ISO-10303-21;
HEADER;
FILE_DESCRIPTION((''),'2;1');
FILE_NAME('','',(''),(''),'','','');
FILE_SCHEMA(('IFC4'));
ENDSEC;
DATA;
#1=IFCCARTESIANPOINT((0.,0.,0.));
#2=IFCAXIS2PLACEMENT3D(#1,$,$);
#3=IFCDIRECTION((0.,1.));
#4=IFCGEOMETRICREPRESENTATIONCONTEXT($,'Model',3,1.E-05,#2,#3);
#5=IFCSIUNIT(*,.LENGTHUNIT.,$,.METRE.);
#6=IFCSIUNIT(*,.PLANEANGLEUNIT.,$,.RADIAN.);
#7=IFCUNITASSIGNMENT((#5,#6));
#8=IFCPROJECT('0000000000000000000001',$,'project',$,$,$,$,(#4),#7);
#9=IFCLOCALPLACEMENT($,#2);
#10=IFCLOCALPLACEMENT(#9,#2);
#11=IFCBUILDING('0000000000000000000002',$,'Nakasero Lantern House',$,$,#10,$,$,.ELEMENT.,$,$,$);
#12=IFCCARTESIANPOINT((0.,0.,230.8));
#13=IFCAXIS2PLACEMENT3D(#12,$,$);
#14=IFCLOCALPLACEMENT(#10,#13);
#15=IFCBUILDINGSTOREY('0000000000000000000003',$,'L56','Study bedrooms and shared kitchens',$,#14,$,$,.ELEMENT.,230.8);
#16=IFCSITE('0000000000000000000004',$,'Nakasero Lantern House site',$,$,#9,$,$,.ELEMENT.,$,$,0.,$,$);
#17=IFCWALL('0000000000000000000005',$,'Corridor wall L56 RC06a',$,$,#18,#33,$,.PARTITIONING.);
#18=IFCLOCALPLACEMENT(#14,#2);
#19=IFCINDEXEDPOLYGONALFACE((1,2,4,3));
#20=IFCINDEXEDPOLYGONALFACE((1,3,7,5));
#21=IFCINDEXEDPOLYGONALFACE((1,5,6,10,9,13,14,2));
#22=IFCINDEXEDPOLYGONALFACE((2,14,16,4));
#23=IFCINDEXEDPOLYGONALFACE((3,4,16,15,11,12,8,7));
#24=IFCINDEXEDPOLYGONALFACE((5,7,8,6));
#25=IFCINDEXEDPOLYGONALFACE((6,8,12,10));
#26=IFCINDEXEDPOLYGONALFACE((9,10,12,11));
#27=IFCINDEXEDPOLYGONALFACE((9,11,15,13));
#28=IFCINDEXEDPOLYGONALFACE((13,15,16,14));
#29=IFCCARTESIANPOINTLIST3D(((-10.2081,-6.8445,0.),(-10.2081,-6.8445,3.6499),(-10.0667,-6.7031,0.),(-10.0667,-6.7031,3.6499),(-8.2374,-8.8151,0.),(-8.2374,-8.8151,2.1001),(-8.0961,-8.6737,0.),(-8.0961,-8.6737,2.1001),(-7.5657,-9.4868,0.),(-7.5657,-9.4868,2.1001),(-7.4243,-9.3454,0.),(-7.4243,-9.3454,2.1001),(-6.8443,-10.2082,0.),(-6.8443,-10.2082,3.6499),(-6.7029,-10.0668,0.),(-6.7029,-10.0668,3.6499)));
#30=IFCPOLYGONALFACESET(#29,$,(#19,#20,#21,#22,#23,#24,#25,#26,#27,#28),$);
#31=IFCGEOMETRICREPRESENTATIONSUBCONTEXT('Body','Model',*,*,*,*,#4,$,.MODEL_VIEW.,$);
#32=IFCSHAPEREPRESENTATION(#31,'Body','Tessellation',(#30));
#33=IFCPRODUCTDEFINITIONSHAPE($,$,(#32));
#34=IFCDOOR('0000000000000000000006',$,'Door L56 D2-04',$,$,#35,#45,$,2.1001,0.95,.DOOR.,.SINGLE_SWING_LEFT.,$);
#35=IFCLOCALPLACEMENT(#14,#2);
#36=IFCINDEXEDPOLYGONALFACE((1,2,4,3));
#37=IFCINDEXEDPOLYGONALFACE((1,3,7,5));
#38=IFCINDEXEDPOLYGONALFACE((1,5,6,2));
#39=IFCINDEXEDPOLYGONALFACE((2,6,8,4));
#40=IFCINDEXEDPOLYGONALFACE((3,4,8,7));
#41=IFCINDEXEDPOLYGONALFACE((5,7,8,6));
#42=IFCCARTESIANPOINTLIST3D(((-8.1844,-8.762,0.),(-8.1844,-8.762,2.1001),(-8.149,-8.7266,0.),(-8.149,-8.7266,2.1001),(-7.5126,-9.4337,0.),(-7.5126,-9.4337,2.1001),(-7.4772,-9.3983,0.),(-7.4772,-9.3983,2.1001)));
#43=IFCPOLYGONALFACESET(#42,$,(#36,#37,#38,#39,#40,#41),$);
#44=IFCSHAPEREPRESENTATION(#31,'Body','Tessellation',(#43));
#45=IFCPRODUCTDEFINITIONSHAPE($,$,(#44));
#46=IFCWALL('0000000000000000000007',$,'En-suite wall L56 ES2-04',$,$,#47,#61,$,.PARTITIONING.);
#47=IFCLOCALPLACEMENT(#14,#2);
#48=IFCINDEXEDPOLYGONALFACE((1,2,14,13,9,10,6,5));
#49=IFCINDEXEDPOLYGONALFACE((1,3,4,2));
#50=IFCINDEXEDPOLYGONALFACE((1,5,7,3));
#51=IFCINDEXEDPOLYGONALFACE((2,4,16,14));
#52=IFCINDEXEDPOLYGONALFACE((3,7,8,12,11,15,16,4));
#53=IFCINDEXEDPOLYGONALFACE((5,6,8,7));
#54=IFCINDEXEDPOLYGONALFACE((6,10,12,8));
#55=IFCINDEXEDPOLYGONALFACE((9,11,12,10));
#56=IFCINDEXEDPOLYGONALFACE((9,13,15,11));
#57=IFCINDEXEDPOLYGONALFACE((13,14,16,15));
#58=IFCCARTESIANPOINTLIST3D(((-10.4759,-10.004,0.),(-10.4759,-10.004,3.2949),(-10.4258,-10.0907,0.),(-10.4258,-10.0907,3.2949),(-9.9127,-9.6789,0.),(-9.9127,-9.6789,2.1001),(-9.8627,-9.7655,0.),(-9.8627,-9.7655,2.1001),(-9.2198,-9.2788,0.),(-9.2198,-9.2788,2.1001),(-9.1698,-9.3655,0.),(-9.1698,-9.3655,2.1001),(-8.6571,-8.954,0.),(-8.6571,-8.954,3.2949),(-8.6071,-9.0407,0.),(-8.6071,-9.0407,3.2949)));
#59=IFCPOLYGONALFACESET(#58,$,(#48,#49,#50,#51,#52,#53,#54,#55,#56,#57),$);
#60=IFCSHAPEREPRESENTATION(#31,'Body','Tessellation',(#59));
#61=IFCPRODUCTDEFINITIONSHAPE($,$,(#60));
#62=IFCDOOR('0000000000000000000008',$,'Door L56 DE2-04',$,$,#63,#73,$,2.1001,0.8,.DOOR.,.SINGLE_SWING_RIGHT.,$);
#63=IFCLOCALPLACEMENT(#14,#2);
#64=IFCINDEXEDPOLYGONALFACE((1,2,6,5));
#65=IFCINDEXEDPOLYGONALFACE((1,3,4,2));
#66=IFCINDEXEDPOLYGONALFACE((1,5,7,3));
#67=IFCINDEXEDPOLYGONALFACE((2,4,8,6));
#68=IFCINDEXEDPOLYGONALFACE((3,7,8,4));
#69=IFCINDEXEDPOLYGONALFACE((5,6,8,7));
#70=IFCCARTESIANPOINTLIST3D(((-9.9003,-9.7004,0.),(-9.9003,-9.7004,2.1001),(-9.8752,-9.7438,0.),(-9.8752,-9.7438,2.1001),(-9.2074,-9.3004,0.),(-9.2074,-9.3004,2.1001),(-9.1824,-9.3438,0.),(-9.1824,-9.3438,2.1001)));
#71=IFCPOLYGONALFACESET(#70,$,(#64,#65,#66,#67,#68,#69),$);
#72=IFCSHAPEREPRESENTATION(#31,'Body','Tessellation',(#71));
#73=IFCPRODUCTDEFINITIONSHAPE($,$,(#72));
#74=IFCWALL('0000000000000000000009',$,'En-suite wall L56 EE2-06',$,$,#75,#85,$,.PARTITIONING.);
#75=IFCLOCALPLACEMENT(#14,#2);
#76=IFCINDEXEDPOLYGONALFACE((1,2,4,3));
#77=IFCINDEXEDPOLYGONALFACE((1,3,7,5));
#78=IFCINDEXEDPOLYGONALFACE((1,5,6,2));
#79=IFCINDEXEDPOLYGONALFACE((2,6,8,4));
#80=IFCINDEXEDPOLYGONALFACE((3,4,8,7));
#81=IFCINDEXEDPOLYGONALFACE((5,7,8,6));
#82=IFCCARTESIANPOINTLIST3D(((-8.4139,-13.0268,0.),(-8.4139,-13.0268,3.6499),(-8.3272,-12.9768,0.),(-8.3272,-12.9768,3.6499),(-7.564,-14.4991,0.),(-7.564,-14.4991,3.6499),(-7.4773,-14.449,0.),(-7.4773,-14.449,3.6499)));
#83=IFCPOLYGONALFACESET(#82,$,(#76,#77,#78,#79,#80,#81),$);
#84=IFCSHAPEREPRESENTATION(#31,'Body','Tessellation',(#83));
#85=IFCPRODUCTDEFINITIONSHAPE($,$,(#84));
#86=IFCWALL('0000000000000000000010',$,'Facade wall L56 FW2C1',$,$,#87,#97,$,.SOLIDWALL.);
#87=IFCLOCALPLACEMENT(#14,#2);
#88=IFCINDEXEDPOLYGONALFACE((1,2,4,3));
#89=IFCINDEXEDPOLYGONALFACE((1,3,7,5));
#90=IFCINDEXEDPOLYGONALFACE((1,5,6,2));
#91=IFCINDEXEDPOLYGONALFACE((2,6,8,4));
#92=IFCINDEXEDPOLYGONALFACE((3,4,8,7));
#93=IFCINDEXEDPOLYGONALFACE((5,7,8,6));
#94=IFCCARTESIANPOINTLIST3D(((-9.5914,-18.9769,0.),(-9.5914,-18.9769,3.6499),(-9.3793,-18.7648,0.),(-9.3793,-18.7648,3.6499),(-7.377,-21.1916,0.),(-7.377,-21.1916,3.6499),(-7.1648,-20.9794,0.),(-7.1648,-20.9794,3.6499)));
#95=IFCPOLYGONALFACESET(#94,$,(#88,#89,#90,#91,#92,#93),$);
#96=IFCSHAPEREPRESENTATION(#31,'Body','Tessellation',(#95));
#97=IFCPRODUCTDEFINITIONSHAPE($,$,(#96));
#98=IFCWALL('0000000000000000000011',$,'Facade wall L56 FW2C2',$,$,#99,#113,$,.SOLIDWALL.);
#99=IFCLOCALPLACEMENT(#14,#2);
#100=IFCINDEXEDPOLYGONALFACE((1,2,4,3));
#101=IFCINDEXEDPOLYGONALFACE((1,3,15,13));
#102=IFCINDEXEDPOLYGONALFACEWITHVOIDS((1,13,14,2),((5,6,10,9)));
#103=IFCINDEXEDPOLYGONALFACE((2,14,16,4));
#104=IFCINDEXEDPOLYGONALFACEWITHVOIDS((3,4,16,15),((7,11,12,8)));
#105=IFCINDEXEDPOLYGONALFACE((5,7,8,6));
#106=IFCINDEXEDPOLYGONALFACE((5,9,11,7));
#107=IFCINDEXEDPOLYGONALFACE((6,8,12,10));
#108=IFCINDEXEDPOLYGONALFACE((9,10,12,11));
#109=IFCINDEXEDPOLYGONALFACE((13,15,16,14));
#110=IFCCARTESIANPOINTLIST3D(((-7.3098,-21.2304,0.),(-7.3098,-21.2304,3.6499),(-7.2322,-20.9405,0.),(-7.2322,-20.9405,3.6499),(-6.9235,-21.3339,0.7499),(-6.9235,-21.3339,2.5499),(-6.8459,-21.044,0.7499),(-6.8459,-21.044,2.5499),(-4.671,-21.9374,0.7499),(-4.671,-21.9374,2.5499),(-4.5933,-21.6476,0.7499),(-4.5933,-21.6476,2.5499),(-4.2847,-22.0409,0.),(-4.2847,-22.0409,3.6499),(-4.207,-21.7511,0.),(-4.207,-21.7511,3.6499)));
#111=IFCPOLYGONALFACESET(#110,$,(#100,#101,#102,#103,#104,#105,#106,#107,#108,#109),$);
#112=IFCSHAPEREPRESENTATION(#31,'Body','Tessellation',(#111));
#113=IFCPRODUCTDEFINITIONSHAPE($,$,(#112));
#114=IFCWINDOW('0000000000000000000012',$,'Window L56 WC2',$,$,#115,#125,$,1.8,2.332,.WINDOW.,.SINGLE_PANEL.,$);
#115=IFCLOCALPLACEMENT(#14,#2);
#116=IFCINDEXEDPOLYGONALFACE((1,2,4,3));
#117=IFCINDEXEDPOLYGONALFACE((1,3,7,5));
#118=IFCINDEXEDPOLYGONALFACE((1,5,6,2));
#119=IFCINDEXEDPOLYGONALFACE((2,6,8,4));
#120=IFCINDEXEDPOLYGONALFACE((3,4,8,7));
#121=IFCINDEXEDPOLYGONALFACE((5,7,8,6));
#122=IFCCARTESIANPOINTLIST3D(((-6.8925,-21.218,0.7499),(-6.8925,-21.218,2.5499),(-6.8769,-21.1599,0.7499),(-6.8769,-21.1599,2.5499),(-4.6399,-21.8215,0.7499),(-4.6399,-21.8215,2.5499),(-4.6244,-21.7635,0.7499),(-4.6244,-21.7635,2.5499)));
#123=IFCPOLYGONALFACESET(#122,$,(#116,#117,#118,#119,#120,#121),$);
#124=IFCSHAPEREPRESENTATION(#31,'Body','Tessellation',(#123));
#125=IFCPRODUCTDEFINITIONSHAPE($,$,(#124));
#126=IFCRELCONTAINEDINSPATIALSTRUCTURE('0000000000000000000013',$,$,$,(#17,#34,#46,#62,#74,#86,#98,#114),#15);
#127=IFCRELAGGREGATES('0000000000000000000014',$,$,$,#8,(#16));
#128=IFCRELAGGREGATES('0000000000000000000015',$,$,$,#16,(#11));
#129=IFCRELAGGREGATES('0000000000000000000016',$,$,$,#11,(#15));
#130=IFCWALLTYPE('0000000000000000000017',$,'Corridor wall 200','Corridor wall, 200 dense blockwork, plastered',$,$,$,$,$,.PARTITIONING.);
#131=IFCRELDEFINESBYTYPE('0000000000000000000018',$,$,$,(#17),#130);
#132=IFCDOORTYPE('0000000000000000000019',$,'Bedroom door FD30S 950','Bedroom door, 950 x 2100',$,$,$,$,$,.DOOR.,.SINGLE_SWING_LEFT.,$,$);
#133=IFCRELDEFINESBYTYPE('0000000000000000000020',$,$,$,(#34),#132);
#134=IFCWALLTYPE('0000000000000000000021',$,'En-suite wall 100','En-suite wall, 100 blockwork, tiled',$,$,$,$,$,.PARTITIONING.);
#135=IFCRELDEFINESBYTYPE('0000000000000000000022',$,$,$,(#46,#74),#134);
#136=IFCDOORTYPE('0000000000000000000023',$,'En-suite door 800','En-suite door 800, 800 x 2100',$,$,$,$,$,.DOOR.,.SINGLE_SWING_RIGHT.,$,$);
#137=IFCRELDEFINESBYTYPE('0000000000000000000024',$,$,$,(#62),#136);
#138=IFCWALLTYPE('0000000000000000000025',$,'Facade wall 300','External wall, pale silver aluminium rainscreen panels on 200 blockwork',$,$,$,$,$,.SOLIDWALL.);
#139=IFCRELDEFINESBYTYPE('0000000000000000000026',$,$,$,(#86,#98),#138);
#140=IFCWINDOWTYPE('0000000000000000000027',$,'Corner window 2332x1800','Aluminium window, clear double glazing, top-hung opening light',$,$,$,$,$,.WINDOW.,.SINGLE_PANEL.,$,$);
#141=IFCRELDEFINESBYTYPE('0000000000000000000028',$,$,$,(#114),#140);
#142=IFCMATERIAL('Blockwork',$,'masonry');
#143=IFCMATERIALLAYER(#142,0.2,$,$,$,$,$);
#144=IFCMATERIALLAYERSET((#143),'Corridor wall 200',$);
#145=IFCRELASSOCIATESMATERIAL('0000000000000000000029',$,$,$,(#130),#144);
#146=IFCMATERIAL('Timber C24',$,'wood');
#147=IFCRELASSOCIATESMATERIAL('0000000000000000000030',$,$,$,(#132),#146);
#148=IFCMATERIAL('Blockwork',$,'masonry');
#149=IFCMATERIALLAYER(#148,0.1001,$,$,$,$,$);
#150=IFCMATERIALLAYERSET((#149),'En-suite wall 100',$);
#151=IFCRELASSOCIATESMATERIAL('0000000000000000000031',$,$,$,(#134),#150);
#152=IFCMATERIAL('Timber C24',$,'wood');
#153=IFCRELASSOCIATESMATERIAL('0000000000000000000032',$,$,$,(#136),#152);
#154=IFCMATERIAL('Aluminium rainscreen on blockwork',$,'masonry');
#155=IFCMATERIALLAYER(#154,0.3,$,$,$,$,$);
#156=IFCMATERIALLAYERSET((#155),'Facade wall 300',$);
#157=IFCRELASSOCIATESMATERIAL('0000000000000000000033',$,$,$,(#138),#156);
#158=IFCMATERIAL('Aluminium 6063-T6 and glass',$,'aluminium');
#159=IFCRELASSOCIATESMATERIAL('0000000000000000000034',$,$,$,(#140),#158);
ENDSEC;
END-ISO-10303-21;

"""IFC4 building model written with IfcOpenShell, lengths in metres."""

from ifc_helpers import new_model, si_unit, direction, frame, frame_2d, origin, place, context, subcontext, project, spatial, rectangle, extrude, material, layer, layer_set, type_object, element, fill, save


model = new_model("IFC4")

# Units and contexts
model_context = context("Model", 3, precision=1e-05, world=origin(), true_north=direction((0.0, 1.0)))
body_context = subcontext(model_context, "Body", "Model", "MODEL_VIEW")
ifc_project = project(units=[si_unit("LENGTHUNIT", "METRE"), si_unit("PLANEANGLEUNIT", "RADIAN")], contexts=[model_context])

# Site, building, storey
site_placement = place(None, origin())
site = spatial("IfcSite", under=ifc_project, at=site_placement, Name="Nakasero Lantern House site", CompositionType="ELEMENT", RefElevation=0.0)
building_placement = place(site_placement, origin())
building = spatial("IfcBuilding", under=site, at=building_placement, Name="Nakasero Lantern House", CompositionType="ELEMENT")
storey_placement = place(building_placement, frame((0.0, 0.0, 230.8)))
storey = spatial("IfcBuildingStorey", under=building, at=storey_placement, Name="L56", Description="Study bedrooms and shared kitchens", CompositionType="ELEMENT", Elevation=230.8)

# Walls, openings, doors
ifc_material_1 = material(Name="Blockwork", Category="masonry")
ifc_layer_1 = layer(ifc_material_1, 0.2)
ifc_layer_set_1 = layer_set([ifc_layer_1], Name="Corridor wall 200")
wall_type_1 = type_object("IfcWallType", Name="Corridor wall 200", Description="Corridor wall, 200 dense blockwork, plastered", PredefinedType="PARTITIONING", material=ifc_layer_set_1)
wall_1_placement = place(storey_placement, frame((-6.7737, -10.1375, 0.0), z_axis=(0.0, 0.0, 1.0), x_axis=(-0.707107, 0.707107, 0.0)))
wall_1 = element("IfcWall", 1, at=wall_1_placement, inside=storey, type_object=wall_type_1, Name="Corridor wall L56 RC06a", PredefinedType="PARTITIONING", context=body_context, shape_type="SweptSolid", body=[
    extrude(rectangle(XDim=4.7571, YDim=0.2, at=frame_2d((2.3784, 0.0))), origin(), (0.0, 0.0, 1.0), 3.6499),
])
opening_1_placement = place(wall_1_placement, frame((1.02, 0.0, 0.0)))
opening_1 = element("IfcOpeningElement", 2, at=opening_1_placement, cuts=wall_1, PredefinedType="OPENING", context=body_context, shape_type="SweptSolid", body=[
    extrude(rectangle(XDim=0.95, YDim=2.1001, at=frame_2d((0.4751, 1.05))), frame((0.0, 0.1199, 0.0), z_axis=(0.0, -1.0, 0.0), x_axis=(1.0, 0.0, 0.0)), (0.0, 0.0, 1.0), 0.24),
])
ifc_material_2 = material(Name="Timber C24", Category="wood")
door_type_1 = type_object("IfcDoorType", Name="Bedroom door FD30S 950", Description="Bedroom door, 950 x 2100", OperationType="SINGLE_SWING_LEFT", PredefinedType="DOOR", material=ifc_material_2)
door_1_placement = place(opening_1_placement, origin())
door_1 = element("IfcDoor", 3, at=door_1_placement, inside=storey, type_object=door_type_1, Name="Door L56 D2-04", OperationType="SINGLE_SWING_LEFT", OverallHeight=2.1001, OverallWidth=0.95, PredefinedType="DOOR", context=body_context, shape_type="SweptSolid", body=[
    extrude(rectangle(XDim=0.95, YDim=2.1001, at=frame_2d((0.4751, 1.05))), frame((0.0, 0.0249, 0.0), z_axis=(0.0, -1.0, 0.0), x_axis=(1.0, 0.0, 0.0)), (0.0, 0.0, 1.0), 0.05),
])
fill(opening_1, door_1)
ifc_material_3 = material(Name="Blockwork", Category="masonry")
ifc_layer_2 = layer(ifc_material_3, 0.1001)
ifc_layer_set_2 = layer_set([ifc_layer_2], Name="En-suite wall 100")
wall_type_2 = type_object("IfcWallType", Name="En-suite wall 100", Description="En-suite wall, 100 blockwork, tiled", PredefinedType="PARTITIONING", material=ifc_layer_set_2)
wall_2_placement = place(storey_placement, frame((-8.6321, -8.9973, 0.0), z_axis=(0.0, 0.0, 1.0), x_axis=(-0.866038, -0.499977, 0.0)))
wall_2 = element("IfcWall", 4, at=wall_2_placement, inside=storey, type_object=wall_type_2, Name="En-suite wall L56 ES2-04", PredefinedType="PARTITIONING", context=body_context, shape_type="SweptSolid", body=[
    extrude(rectangle(XDim=2.1001, YDim=0.1001, at=frame_2d((1.05, 0.0))), origin(), (0.0, 0.0, 1.0), 3.2949),
])
opening_2_placement = place(wall_2_placement, frame((0.6499, 0.0, 0.0)))
opening_2 = element("IfcOpeningElement", 5, at=opening_2_placement, cuts=wall_2, PredefinedType="OPENING", context=body_context, shape_type="SweptSolid", body=[
    extrude(rectangle(XDim=0.8, YDim=2.1001, at=frame_2d((0.3999, 1.05))), frame((0.0, 0.0701, 0.0), z_axis=(0.0, -1.0, 0.0), x_axis=(1.0, 0.0, 0.0)), (0.0, 0.0, 1.0), 0.1401),
])
ifc_material_4 = material(Name="Timber C24", Category="wood")
door_type_2 = type_object("IfcDoorType", Name="En-suite door 800", Description="En-suite door 800, 800 x 2100", OperationType="SINGLE_SWING_RIGHT", PredefinedType="DOOR", material=ifc_material_4)
door_2_placement = place(opening_2_placement, origin())
door_2 = element("IfcDoor", 6, at=door_2_placement, inside=storey, type_object=door_type_2, Name="Door L56 DE2-04", OperationType="SINGLE_SWING_RIGHT", OverallHeight=2.1001, OverallWidth=0.8, PredefinedType="DOOR", context=body_context, shape_type="SweptSolid", body=[
    extrude(rectangle(XDim=0.8, YDim=2.1001, at=frame_2d((0.3999, 1.05))), frame((0.0, 0.0249, 0.0), z_axis=(0.0, -1.0, 0.0), x_axis=(1.0, 0.0, 0.0)), (0.0, 0.0, 1.0), 0.05),
])
fill(opening_2, door_2)

# Walls
wall_3_placement = place(storey_placement, frame((-8.3706, -13.0017, 0.0), z_axis=(0.0, 0.0, 1.0), x_axis=(0.499955, -0.866052, 0.0)))
element("IfcWall", 7, at=wall_3_placement, inside=storey, type_object=wall_type_2, Name="En-suite wall L56 EE2-06", PredefinedType="PARTITIONING", context=body_context, shape_type="SweptSolid", body=[
    extrude(rectangle(XDim=1.7, YDim=0.1001, at=frame_2d((0.8501, 0.0))), origin(), (0.0, 0.0, 1.0), 3.6499),
])
ifc_material_5 = material(Name="Aluminium rainscreen on blockwork", Category="masonry")
ifc_layer_3 = layer(ifc_material_5, 0.3)
ifc_layer_set_3 = layer_set([ifc_layer_3], Name="Facade wall 300")
wall_type_3 = type_object("IfcWallType", Name="Facade wall 300", Description="External wall, pale silver aluminium rainscreen panels on 200 blockwork", PredefinedType="SOLIDWALL", material=ifc_layer_set_3)
wall_4_placement = place(storey_placement, frame((-9.4854, -18.8708, 0.0), z_axis=(0.0, 0.0, 1.0), x_axis=(0.707068, -0.707146, 0.0)))
element("IfcWall", 8, at=wall_4_placement, inside=storey, type_object=wall_type_3, Name="Facade wall L56 FW2C1", PredefinedType="SOLIDWALL", context=body_context, shape_type="SweptSolid", body=[
    extrude(rectangle(XDim=3.1318, YDim=0.3, at=frame_2d((1.5659, 0.0))), origin(), (0.0, 0.0, 1.0), 3.6499),
])

# Wall, opening, window
wall_5_placement = place(storey_placement, frame((-7.271, -21.0854, 0.0), z_axis=(0.0, 0.0, 1.0), x_axis=(0.965929, -0.258808, 0.0)))
wall_5 = element("IfcWall", 9, at=wall_5_placement, inside=storey, type_object=wall_type_3, Name="Facade wall L56 FW2C2", PredefinedType="SOLIDWALL", context=body_context, shape_type="SweptSolid", body=[
    extrude(rectangle(XDim=3.1318, YDim=0.3, at=frame_2d((1.5659, 0.0))), origin(), (0.0, 0.0, 1.0), 3.6499),
])
opening_3_placement = place(wall_5_placement, frame((0.3999, 0.0, 0.75)))
opening_3 = element("IfcOpeningElement", 10, at=opening_3_placement, cuts=wall_5, PredefinedType="OPENING", context=body_context, shape_type="SweptSolid", body=[
    extrude(rectangle(XDim=2.332, YDim=1.8, at=frame_2d((1.166, 0.8999))), frame((0.0, 0.1699, 0.0), z_axis=(0.0, -1.0, 0.0), x_axis=(1.0, 0.0, 0.0)), (0.0, 0.0, 1.0), 0.3401),
])
ifc_material_6 = material(Name="Aluminium 6063-T6 and glass", Category="aluminium")
window_type = type_object("IfcWindowType", Name="Corner window 2332x1800", Description="Aluminium window, clear double glazing, top-hung opening light", PartitioningType="SINGLE_PANEL", PredefinedType="WINDOW", material=ifc_material_6)
window_placement = place(opening_3_placement, origin())
window = element("IfcWindow", 11, at=window_placement, inside=storey, type_object=window_type, Name="Window L56 WC2", OverallHeight=1.8, OverallWidth=2.332, PartitioningType="SINGLE_PANEL", PredefinedType="WINDOW", context=body_context, shape_type="SweptSolid", body=[
    extrude(rectangle(XDim=2.332, YDim=1.8, at=frame_2d((1.166, 0.8999))), frame((0.0, 0.03, 0.0), z_axis=(0.0, -1.0, 0.0), x_axis=(1.0, 0.0, 0.0)), (0.0, 0.0, 1.0), 0.0601),
])
fill(opening_3, window)

save(model, "model.ifc")
